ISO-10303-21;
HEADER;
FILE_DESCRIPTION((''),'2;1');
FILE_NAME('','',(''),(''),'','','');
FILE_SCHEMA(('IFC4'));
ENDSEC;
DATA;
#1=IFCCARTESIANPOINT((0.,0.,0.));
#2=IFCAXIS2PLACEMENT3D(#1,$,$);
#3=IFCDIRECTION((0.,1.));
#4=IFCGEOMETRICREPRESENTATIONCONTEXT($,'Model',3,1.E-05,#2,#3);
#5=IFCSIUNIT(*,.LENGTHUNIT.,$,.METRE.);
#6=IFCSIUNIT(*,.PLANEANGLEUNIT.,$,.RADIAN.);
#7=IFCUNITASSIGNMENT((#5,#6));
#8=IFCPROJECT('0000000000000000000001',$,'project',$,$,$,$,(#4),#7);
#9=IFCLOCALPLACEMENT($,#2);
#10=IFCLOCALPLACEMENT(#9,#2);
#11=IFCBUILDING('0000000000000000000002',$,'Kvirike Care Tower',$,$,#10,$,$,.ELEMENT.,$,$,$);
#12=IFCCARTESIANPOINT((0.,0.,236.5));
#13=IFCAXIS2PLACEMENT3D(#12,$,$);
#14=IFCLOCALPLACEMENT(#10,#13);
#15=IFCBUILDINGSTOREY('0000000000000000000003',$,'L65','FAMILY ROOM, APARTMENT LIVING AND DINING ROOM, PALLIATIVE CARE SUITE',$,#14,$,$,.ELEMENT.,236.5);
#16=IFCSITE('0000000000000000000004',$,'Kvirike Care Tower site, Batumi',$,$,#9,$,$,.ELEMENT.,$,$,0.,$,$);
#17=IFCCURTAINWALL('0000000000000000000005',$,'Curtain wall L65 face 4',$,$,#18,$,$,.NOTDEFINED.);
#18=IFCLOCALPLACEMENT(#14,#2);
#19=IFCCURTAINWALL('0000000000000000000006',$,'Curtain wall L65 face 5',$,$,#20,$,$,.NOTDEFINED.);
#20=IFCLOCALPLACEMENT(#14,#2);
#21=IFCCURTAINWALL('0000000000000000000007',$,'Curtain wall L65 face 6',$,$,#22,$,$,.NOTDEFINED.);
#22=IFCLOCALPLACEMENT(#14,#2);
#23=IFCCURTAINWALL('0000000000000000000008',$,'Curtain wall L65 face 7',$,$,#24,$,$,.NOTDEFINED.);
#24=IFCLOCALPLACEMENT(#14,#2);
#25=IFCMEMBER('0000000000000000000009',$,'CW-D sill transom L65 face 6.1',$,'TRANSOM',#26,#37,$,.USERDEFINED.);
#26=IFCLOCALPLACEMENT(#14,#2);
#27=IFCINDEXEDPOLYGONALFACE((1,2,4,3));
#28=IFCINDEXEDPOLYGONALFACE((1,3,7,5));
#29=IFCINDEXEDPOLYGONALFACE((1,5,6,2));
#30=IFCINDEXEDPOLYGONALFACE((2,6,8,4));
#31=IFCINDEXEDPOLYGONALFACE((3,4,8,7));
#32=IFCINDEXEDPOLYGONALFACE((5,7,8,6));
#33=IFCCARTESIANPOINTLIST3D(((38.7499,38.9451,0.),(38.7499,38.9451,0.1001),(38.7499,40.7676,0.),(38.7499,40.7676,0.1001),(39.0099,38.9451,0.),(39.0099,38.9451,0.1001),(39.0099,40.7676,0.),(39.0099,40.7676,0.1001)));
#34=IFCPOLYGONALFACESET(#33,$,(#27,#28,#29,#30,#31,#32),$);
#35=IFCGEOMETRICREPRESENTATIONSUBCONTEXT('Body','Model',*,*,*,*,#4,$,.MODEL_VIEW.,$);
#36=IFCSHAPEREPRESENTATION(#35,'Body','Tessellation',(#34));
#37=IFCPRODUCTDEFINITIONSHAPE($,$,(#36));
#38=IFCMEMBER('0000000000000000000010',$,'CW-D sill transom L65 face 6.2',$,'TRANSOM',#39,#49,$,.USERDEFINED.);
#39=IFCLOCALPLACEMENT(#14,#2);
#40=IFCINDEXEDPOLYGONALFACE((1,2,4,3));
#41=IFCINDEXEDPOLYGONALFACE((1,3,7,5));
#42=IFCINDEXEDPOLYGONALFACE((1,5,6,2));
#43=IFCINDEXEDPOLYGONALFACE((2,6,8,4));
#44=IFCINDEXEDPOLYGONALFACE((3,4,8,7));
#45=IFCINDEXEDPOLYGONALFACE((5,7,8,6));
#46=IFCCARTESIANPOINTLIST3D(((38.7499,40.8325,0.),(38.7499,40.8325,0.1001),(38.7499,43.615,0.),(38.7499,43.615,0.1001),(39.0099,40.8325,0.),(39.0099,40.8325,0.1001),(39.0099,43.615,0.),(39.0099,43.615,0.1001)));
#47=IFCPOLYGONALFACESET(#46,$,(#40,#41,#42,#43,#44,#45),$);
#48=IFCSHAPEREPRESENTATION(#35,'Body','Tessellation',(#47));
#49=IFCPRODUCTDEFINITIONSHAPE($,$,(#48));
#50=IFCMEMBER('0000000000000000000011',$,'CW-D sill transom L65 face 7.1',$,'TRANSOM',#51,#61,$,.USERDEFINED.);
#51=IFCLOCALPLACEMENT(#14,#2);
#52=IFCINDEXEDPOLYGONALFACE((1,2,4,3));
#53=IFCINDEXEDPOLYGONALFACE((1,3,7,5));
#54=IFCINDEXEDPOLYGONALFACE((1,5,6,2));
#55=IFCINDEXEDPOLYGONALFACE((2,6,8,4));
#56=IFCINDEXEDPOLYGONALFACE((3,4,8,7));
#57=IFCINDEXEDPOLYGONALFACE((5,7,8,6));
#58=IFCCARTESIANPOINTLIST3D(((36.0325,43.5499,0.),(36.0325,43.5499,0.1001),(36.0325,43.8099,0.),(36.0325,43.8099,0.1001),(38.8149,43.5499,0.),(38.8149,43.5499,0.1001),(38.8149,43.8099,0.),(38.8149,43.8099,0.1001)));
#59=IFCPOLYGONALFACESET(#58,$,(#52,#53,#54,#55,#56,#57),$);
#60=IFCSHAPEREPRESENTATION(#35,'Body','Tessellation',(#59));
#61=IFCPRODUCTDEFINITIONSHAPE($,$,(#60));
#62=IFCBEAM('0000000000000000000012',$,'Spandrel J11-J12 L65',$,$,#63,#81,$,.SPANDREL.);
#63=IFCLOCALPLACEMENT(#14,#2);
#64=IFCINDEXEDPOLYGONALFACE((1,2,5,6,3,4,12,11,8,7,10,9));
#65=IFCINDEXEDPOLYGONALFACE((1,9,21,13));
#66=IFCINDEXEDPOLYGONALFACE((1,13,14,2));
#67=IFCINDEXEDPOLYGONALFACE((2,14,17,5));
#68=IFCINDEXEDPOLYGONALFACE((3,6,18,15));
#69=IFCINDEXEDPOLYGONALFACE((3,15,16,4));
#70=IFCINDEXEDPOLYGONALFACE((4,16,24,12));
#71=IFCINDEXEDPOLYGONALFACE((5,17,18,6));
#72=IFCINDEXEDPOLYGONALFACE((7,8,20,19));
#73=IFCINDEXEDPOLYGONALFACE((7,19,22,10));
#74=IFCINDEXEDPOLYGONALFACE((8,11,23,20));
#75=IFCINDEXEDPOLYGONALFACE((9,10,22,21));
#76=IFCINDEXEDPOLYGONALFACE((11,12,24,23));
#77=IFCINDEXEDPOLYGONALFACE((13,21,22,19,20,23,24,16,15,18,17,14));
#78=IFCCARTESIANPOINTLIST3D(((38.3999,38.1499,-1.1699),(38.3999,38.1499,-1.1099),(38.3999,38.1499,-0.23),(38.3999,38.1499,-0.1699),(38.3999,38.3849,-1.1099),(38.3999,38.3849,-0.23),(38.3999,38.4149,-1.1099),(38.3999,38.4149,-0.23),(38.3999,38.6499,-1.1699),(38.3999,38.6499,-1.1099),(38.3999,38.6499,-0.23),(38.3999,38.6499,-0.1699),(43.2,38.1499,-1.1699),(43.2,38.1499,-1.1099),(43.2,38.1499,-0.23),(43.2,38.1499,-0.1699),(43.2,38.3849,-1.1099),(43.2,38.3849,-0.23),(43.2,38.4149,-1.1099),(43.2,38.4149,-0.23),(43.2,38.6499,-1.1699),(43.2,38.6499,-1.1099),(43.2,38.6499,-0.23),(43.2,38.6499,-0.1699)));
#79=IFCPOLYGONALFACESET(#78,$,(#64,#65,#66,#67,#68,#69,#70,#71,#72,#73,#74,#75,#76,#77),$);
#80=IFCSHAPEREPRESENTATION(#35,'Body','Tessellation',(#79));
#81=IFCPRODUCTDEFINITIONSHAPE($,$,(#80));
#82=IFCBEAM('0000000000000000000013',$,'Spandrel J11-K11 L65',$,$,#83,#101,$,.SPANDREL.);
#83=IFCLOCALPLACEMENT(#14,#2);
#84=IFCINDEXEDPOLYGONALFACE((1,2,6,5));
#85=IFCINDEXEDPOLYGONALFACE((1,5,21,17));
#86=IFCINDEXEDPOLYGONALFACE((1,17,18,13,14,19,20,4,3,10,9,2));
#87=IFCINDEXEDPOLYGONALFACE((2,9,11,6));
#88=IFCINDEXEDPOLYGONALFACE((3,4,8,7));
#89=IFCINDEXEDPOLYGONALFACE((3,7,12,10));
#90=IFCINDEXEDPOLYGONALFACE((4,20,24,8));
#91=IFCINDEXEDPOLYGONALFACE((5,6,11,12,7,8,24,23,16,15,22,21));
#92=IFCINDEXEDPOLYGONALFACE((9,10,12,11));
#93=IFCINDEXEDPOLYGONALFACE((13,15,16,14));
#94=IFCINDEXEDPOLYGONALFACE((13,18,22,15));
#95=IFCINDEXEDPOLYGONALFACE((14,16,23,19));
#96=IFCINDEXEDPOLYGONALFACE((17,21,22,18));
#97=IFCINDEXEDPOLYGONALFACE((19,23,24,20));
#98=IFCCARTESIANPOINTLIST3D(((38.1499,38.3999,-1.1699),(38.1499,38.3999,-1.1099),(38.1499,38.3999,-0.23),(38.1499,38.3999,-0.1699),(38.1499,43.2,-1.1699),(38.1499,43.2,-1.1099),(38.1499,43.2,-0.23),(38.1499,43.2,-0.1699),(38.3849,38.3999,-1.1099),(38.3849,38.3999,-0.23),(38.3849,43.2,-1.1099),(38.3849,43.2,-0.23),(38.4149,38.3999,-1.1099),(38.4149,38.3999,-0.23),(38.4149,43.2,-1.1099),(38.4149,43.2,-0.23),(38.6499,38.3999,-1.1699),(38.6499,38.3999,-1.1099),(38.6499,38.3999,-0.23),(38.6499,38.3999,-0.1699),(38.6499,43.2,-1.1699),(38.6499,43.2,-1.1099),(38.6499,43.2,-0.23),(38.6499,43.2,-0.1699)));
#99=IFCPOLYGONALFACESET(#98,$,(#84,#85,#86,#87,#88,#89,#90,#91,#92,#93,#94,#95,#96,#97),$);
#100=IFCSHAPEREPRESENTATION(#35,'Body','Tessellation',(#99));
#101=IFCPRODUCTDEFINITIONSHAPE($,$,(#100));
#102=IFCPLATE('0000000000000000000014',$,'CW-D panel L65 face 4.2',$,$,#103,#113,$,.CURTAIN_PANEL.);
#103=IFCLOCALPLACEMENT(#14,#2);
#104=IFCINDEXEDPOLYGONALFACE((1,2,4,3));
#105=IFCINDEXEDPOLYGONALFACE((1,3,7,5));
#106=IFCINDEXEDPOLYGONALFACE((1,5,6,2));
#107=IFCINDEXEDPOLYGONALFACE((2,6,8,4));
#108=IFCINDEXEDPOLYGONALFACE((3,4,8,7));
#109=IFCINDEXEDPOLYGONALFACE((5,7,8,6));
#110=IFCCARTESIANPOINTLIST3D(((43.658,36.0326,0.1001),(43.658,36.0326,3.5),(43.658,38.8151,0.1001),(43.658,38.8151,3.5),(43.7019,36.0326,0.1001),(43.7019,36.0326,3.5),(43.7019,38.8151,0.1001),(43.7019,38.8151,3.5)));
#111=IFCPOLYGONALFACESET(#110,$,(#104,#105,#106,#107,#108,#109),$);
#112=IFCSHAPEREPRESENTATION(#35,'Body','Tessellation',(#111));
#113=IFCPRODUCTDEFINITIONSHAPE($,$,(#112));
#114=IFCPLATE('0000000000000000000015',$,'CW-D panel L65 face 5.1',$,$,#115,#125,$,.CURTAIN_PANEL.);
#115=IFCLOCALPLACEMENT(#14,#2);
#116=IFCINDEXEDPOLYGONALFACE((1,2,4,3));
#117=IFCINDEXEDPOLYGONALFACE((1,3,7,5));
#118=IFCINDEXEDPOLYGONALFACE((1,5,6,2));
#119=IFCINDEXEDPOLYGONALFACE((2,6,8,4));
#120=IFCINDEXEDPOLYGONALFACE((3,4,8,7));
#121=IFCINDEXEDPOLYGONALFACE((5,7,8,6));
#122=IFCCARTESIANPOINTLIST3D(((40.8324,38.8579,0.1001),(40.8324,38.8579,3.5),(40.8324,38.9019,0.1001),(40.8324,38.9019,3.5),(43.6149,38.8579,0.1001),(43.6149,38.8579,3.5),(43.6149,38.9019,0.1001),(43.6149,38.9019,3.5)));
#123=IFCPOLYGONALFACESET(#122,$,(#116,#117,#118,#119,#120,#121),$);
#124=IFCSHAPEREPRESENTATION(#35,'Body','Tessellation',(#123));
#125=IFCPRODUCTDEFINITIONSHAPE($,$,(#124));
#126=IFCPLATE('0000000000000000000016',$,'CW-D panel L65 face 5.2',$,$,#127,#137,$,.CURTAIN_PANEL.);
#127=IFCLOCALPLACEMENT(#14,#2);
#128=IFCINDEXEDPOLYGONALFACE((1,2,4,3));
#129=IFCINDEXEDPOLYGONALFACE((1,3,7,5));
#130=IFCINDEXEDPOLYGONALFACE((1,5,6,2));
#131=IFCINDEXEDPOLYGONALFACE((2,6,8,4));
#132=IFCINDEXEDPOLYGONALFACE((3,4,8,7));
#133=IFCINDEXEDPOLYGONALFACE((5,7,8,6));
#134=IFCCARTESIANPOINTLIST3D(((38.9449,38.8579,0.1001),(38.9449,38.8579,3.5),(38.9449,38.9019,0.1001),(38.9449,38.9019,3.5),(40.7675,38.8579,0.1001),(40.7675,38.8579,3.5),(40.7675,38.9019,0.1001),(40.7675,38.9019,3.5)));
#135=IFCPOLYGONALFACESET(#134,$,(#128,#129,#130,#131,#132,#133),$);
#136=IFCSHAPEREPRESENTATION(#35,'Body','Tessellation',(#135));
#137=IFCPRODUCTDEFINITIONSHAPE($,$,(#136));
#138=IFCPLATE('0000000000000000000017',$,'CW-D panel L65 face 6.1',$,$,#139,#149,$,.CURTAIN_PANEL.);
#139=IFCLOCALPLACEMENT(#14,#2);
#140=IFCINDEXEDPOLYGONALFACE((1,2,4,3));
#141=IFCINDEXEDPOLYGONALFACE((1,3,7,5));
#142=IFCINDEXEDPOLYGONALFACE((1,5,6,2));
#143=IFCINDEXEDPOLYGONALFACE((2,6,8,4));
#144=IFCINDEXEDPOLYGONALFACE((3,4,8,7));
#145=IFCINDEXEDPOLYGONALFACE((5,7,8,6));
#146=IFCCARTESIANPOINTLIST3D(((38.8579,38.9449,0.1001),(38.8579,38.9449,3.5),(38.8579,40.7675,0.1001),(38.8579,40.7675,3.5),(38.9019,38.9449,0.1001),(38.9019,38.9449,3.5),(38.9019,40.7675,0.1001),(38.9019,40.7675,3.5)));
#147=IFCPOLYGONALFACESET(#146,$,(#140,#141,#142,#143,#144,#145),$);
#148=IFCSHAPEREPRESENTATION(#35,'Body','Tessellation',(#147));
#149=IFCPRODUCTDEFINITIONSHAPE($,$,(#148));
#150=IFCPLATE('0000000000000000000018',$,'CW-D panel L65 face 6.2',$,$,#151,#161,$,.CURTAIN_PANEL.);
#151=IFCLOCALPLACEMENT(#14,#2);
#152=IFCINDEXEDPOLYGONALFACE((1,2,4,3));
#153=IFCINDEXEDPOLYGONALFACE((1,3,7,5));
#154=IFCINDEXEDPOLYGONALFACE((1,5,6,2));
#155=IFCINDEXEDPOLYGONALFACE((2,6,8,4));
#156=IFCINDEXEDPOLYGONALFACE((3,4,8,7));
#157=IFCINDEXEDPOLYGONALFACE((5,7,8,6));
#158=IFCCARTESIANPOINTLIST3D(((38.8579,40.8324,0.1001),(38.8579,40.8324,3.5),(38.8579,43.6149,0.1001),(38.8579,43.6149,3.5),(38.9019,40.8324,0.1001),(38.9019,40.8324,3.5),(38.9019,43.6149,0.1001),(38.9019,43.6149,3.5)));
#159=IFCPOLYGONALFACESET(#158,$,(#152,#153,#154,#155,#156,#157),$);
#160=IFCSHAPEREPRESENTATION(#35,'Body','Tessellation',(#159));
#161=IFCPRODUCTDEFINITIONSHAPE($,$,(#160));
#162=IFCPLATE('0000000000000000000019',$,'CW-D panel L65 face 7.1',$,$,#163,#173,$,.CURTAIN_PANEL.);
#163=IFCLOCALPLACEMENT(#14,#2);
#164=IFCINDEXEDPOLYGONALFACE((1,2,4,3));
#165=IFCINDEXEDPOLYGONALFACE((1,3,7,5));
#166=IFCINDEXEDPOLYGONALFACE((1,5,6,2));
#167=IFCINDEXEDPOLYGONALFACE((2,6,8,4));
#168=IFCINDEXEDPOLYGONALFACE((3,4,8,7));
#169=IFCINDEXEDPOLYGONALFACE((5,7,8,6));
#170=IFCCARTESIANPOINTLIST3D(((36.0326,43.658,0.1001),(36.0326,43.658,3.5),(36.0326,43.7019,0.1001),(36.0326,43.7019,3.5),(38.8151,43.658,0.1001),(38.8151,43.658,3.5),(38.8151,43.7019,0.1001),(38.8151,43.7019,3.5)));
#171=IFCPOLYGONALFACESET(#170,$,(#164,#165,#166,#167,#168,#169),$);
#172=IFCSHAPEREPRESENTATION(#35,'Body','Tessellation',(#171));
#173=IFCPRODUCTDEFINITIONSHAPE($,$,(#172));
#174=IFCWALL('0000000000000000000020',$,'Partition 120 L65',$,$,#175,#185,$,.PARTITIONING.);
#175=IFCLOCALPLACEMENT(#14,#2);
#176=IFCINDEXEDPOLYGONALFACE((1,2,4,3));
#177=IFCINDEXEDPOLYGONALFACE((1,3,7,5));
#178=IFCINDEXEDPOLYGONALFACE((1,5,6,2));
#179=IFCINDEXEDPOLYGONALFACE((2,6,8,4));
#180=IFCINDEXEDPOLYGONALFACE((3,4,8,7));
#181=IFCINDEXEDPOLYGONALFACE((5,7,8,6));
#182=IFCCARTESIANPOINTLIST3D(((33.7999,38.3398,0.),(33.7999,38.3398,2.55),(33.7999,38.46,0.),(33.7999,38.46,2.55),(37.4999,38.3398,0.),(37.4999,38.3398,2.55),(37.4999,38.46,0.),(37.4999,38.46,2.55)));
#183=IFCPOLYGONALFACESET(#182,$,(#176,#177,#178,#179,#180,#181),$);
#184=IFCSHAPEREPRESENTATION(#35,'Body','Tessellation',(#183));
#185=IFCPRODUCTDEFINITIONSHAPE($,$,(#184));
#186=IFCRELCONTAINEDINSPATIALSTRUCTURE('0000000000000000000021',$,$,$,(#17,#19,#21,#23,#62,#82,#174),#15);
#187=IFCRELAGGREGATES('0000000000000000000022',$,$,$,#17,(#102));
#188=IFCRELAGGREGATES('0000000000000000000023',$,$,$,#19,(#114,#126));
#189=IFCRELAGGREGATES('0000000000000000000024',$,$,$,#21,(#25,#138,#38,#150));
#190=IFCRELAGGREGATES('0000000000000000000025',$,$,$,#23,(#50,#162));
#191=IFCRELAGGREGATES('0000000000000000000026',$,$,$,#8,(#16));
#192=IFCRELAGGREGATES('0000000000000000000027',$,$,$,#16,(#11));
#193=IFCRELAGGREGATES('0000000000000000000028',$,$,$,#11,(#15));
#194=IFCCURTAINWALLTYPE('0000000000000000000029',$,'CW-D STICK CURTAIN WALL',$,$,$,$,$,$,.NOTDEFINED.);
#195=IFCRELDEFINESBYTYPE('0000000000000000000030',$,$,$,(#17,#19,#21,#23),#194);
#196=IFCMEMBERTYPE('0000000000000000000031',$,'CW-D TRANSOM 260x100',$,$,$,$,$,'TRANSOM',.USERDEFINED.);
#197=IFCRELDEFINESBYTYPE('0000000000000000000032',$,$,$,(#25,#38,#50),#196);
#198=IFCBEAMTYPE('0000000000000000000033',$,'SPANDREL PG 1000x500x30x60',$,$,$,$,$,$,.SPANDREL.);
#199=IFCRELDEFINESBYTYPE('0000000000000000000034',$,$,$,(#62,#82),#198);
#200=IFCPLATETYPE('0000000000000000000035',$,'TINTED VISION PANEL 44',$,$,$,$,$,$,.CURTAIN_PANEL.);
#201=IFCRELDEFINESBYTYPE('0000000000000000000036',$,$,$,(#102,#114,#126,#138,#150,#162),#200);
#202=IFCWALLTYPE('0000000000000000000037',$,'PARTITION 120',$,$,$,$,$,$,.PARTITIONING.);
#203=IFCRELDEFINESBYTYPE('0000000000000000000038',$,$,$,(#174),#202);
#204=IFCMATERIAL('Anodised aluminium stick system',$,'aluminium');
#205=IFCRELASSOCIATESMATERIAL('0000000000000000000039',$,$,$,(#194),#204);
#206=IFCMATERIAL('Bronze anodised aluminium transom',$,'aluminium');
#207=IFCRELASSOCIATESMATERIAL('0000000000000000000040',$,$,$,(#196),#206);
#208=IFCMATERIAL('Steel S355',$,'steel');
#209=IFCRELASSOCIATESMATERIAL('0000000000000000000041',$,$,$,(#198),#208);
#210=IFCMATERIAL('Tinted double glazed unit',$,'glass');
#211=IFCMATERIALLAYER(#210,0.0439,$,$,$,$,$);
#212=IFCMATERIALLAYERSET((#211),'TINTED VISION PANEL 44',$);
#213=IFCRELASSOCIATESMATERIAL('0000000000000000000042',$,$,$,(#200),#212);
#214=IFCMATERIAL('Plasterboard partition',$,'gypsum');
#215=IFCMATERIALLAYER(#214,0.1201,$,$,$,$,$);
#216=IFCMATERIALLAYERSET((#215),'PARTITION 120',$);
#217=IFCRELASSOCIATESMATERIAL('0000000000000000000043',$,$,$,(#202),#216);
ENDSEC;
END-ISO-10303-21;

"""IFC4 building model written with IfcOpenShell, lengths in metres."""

from ifc_helpers import new_model, si_unit, direction, frame, frame_2d, origin, origin_2d, place, context, subcontext, project, spatial, rectangle, i_section, extrude, material, layer, layer_set, material_profile, profile_set, type_object, element, aggregate, save


model = new_model("IFC4")

# Units and contexts
model_context = context("Model", 3, precision=1e-05, world=origin(), true_north=direction((0.0, 1.0)))
body_context = subcontext(model_context, "Body", "Model", "MODEL_VIEW")
ifc_project = project(units=[si_unit("LENGTHUNIT", "METRE"), si_unit("PLANEANGLEUNIT", "RADIAN")], contexts=[model_context])

# Site, building, storey
site_placement = place(None, origin())
site = spatial("IfcSite", under=ifc_project, at=site_placement, Name="Kvirike Care Tower site, Batumi", CompositionType="ELEMENT", RefElevation=0.0)
building_placement = place(site_placement, origin())
building = spatial("IfcBuilding", under=site, at=building_placement, Name="Kvirike Care Tower", CompositionType="ELEMENT")
storey_placement = place(building_placement, frame((0.0, 0.0, 236.5)))
storey = spatial("IfcBuildingStorey", under=building, at=storey_placement, Name="L65", Description="FAMILY ROOM, APARTMENT LIVING AND DINING ROOM, PALLIATIVE CARE SUITE", CompositionType="ELEMENT", Elevation=236.5)

# Curtain wall
ifc_material_1 = material(Name="Anodised aluminium stick system", Category="aluminium")
curtain_wall_type = type_object("IfcCurtainWallType", Name="CW-D STICK CURTAIN WALL", PredefinedType="NOTDEFINED", material=ifc_material_1)
curtain_wall_1_placement = place(storey_placement, origin())
curtain_wall_1 = element("IfcCurtainWall", 1, at=curtain_wall_1_placement, inside=storey, type_object=curtain_wall_type, Name="Curtain wall L65 face 4", PredefinedType="NOTDEFINED")

# Curtain walls
curtain_wall_2_placement = place(storey_placement, origin())
curtain_wall_2 = element("IfcCurtainWall", 2, at=curtain_wall_2_placement, inside=storey, type_object=curtain_wall_type, Name="Curtain wall L65 face 5", PredefinedType="NOTDEFINED")
curtain_wall_3_placement = place(storey_placement, origin())
curtain_wall_3 = element("IfcCurtainWall", 3, at=curtain_wall_3_placement, inside=storey, type_object=curtain_wall_type, Name="Curtain wall L65 face 6", PredefinedType="NOTDEFINED")
curtain_wall_4_placement = place(storey_placement, origin())
curtain_wall_4 = element("IfcCurtainWall", 4, at=curtain_wall_4_placement, inside=storey, type_object=curtain_wall_type, Name="Curtain wall L65 face 7", PredefinedType="NOTDEFINED")

# Members
ifc_material_2 = material(Name="Bronze anodised aluminium transom", Category="aluminium")
ifc_material_profile_1 = material_profile(ifc_material_2, rectangle(XDim=0.26, YDim=0.1001, at=origin_2d()), Name="CW-D TRANSOM 260x100")
ifc_profile_set_1 = profile_set([ifc_material_profile_1], Name="Bronze anodised aluminium transom")
member_type_1 = type_object("IfcMemberType", Name="CW-D TRANSOM 260x100", ElementType="TRANSOM", PredefinedType="USERDEFINED", material=ifc_profile_set_1)
member_1_placement = place(storey_placement, frame((38.8799, 38.9451, 0.05), z_axis=(0.0, 1.0, 0.0), x_axis=(-1.0, 0.0, 0.0)))
member_1 = element("IfcMember", 5, at=member_1_placement, type_object=member_type_1, Name="CW-D sill transom L65 face 6.1", ObjectType="TRANSOM", PredefinedType="USERDEFINED", context=body_context, shape_type="SweptSolid", body=[
    extrude(rectangle(XDim=0.26, YDim=0.1001, at=origin_2d()), origin(), (0.0, 0.0, 1.0), 1.8225),
])
member_2_placement = place(storey_placement, frame((38.8799, 40.8325, 0.05), z_axis=(0.0, 1.0, 0.0), x_axis=(-1.0, 0.0, 0.0)))
member_2 = element("IfcMember", 6, at=member_2_placement, type_object=member_type_1, Name="CW-D sill transom L65 face 6.2", ObjectType="TRANSOM", PredefinedType="USERDEFINED", context=body_context, shape_type="SweptSolid", body=[
    extrude(rectangle(XDim=0.26, YDim=0.1001, at=origin_2d()), origin(), (0.0, 0.0, 1.0), 2.7825),
])
member_3_placement = place(storey_placement, frame((38.8149, 43.6799, 0.05), z_axis=(-1.0, 0.0, 0.0), x_axis=(0.0, -1.0, 0.0)))
member_3 = element("IfcMember", 7, at=member_3_placement, type_object=member_type_1, Name="CW-D sill transom L65 face 7.1", ObjectType="TRANSOM", PredefinedType="USERDEFINED", context=body_context, shape_type="SweptSolid", body=[
    extrude(rectangle(XDim=0.26, YDim=0.1001, at=origin_2d()), origin(), (0.0, 0.0, 1.0), 2.7825),
])

# Beams
ifc_material_3 = material(Name="Steel S355", Category="steel")
ifc_material_profile_2 = material_profile(ifc_material_3, i_section(OverallWidth=0.5, OverallDepth=1.0, WebThickness=0.03, FlangeThickness=0.0601, at=origin_2d()), Name="PG 1000x500x30x60")
ifc_profile_set_2 = profile_set([ifc_material_profile_2], Name="Steel S355")
beam_type = type_object("IfcBeamType", Name="SPANDREL PG 1000x500x30x60", PredefinedType="SPANDREL", material=ifc_profile_set_2)
for number, where, z_axis, x_axis, name in (
    (8, (38.3999, 38.3999, -0.6699), (1.0, 0.0, 0.0), (0.0, 1.0, 0.0), "Spandrel J11-J12 L65"),
    (9, (38.3999, 38.3999, -0.6699), (0.0, 1.0, 0.0), (-1.0, 0.0, 0.0), "Spandrel J11-K11 L65"),
):
    element("IfcBeam", number, at=place(storey_placement, frame(where, z_axis=z_axis, x_axis=x_axis)), inside=storey, type_object=beam_type, Name=name, PredefinedType="SPANDREL", context=body_context, shape_type="SweptSolid", body=[
        extrude(i_section(OverallWidth=0.5, OverallDepth=1.0, WebThickness=0.03, FlangeThickness=0.0601, at=origin_2d()), origin(), (0.0, 0.0, 1.0), 4.8),
    ])

# Plates
ifc_material_4 = material(Name="Tinted double glazed unit", Category="glass")
ifc_layer_1 = layer(ifc_material_4, 0.0439)
ifc_layer_set_1 = layer_set([ifc_layer_1], Name="TINTED VISION PANEL 44")
plate_type = type_object("IfcPlateType", Name="TINTED VISION PANEL 44", PredefinedType="CURTAIN_PANEL", material=ifc_layer_set_1)
plate_1_placement = place(storey_placement, frame((43.6799, 37.4238, 0.1001), z_axis=(0.0, 0.0, 1.0), x_axis=(0.0, 1.0, 0.0)))
plate_1 = element("IfcPlate", 10, at=plate_1_placement, type_object=plate_type, Name="CW-D panel L65 face 4.2", PredefinedType="CURTAIN_PANEL", context=body_context, shape_type="SweptSolid", body=[
    extrude(rectangle(XDim=2.7825, YDim=0.0439, at=origin_2d()), origin(), (0.0, 0.0, 1.0), 3.3999),
])
aggregate(curtain_wall_1, [plate_1])
plate_2_placement = place(storey_placement, frame((42.2236, 38.8799, 0.1001), z_axis=(0.0, 0.0, 1.0), x_axis=(-1.0, 0.0, 0.0)))
plate_2 = element("IfcPlate", 11, at=plate_2_placement, type_object=plate_type, Name="CW-D panel L65 face 5.1", PredefinedType="CURTAIN_PANEL", context=body_context, shape_type="SweptSolid", body=[
    extrude(rectangle(XDim=2.7825, YDim=0.0439, at=origin_2d()), origin(), (0.0, 0.0, 1.0), 3.3999),
])
plate_3_placement = place(storey_placement, frame((39.8562, 38.8799, 0.1001), z_axis=(0.0, 0.0, 1.0), x_axis=(-1.0, 0.0, 0.0)))
plate_3 = element("IfcPlate", 12, at=plate_3_placement, type_object=plate_type, Name="CW-D panel L65 face 5.2", PredefinedType="CURTAIN_PANEL", context=body_context, shape_type="SweptSolid", body=[
    extrude(rectangle(XDim=1.8225, YDim=0.0439, at=origin_2d()), origin(), (0.0, 0.0, 1.0), 3.3999),
])
aggregate(curtain_wall_2, [plate_2, plate_3])
plate_4_placement = place(storey_placement, frame((38.8799, 39.8562, 0.1001), z_axis=(0.0, 0.0, 1.0), x_axis=(0.0, 1.0, 0.0)))
plate_4 = element("IfcPlate", 13, at=plate_4_placement, type_object=plate_type, Name="CW-D panel L65 face 6.1", PredefinedType="CURTAIN_PANEL", context=body_context, shape_type="SweptSolid", body=[
    extrude(rectangle(XDim=1.8225, YDim=0.0439, at=origin_2d()), origin(), (0.0, 0.0, 1.0), 3.3999),
])
plate_5_placement = place(storey_placement, frame((38.8799, 42.2236, 0.1001), z_axis=(0.0, 0.0, 1.0), x_axis=(0.0, 1.0, 0.0)))
plate_5 = element("IfcPlate", 14, at=plate_5_placement, type_object=plate_type, Name="CW-D panel L65 face 6.2", PredefinedType="CURTAIN_PANEL", context=body_context, shape_type="SweptSolid", body=[
    extrude(rectangle(XDim=2.7825, YDim=0.0439, at=origin_2d()), origin(), (0.0, 0.0, 1.0), 3.3999),
])
aggregate(curtain_wall_3, [member_1, plate_4, member_2, plate_5])
plate_6_placement = place(storey_placement, frame((37.4238, 43.6799, 0.1001), z_axis=(0.0, 0.0, 1.0), x_axis=(-1.0, 0.0, 0.0)))
plate_6 = element("IfcPlate", 15, at=plate_6_placement, type_object=plate_type, Name="CW-D panel L65 face 7.1", PredefinedType="CURTAIN_PANEL", context=body_context, shape_type="SweptSolid", body=[
    extrude(rectangle(XDim=2.7825, YDim=0.0439, at=origin_2d()), origin(), (0.0, 0.0, 1.0), 3.3999),
])
aggregate(curtain_wall_4, [member_3, plate_6])

# Wall
ifc_material_5 = material(Name="Plasterboard partition", Category="gypsum")
ifc_layer_2 = layer(ifc_material_5, 0.1201)
ifc_layer_set_2 = layer_set([ifc_layer_2], Name="PARTITION 120")
wall_type = type_object("IfcWallType", Name="PARTITION 120", PredefinedType="PARTITIONING", material=ifc_layer_set_2)
wall_placement = place(storey_placement, frame((37.5, 38.3999, 0.0), z_axis=(0.0, 0.0, 1.0), x_axis=(-1.0, 0.0, 0.0)))
element("IfcWall", 16, at=wall_placement, inside=storey, type_object=wall_type, Name="Partition 120 L65", PredefinedType="PARTITIONING", context=body_context, shape_type="SweptSolid", body=[
    extrude(rectangle(XDim=3.7, YDim=0.1201, at=frame_2d((1.8501, 0.0))), origin(), (0.0, 0.0, 1.0), 2.55),
])

save(model, "model.ifc")
